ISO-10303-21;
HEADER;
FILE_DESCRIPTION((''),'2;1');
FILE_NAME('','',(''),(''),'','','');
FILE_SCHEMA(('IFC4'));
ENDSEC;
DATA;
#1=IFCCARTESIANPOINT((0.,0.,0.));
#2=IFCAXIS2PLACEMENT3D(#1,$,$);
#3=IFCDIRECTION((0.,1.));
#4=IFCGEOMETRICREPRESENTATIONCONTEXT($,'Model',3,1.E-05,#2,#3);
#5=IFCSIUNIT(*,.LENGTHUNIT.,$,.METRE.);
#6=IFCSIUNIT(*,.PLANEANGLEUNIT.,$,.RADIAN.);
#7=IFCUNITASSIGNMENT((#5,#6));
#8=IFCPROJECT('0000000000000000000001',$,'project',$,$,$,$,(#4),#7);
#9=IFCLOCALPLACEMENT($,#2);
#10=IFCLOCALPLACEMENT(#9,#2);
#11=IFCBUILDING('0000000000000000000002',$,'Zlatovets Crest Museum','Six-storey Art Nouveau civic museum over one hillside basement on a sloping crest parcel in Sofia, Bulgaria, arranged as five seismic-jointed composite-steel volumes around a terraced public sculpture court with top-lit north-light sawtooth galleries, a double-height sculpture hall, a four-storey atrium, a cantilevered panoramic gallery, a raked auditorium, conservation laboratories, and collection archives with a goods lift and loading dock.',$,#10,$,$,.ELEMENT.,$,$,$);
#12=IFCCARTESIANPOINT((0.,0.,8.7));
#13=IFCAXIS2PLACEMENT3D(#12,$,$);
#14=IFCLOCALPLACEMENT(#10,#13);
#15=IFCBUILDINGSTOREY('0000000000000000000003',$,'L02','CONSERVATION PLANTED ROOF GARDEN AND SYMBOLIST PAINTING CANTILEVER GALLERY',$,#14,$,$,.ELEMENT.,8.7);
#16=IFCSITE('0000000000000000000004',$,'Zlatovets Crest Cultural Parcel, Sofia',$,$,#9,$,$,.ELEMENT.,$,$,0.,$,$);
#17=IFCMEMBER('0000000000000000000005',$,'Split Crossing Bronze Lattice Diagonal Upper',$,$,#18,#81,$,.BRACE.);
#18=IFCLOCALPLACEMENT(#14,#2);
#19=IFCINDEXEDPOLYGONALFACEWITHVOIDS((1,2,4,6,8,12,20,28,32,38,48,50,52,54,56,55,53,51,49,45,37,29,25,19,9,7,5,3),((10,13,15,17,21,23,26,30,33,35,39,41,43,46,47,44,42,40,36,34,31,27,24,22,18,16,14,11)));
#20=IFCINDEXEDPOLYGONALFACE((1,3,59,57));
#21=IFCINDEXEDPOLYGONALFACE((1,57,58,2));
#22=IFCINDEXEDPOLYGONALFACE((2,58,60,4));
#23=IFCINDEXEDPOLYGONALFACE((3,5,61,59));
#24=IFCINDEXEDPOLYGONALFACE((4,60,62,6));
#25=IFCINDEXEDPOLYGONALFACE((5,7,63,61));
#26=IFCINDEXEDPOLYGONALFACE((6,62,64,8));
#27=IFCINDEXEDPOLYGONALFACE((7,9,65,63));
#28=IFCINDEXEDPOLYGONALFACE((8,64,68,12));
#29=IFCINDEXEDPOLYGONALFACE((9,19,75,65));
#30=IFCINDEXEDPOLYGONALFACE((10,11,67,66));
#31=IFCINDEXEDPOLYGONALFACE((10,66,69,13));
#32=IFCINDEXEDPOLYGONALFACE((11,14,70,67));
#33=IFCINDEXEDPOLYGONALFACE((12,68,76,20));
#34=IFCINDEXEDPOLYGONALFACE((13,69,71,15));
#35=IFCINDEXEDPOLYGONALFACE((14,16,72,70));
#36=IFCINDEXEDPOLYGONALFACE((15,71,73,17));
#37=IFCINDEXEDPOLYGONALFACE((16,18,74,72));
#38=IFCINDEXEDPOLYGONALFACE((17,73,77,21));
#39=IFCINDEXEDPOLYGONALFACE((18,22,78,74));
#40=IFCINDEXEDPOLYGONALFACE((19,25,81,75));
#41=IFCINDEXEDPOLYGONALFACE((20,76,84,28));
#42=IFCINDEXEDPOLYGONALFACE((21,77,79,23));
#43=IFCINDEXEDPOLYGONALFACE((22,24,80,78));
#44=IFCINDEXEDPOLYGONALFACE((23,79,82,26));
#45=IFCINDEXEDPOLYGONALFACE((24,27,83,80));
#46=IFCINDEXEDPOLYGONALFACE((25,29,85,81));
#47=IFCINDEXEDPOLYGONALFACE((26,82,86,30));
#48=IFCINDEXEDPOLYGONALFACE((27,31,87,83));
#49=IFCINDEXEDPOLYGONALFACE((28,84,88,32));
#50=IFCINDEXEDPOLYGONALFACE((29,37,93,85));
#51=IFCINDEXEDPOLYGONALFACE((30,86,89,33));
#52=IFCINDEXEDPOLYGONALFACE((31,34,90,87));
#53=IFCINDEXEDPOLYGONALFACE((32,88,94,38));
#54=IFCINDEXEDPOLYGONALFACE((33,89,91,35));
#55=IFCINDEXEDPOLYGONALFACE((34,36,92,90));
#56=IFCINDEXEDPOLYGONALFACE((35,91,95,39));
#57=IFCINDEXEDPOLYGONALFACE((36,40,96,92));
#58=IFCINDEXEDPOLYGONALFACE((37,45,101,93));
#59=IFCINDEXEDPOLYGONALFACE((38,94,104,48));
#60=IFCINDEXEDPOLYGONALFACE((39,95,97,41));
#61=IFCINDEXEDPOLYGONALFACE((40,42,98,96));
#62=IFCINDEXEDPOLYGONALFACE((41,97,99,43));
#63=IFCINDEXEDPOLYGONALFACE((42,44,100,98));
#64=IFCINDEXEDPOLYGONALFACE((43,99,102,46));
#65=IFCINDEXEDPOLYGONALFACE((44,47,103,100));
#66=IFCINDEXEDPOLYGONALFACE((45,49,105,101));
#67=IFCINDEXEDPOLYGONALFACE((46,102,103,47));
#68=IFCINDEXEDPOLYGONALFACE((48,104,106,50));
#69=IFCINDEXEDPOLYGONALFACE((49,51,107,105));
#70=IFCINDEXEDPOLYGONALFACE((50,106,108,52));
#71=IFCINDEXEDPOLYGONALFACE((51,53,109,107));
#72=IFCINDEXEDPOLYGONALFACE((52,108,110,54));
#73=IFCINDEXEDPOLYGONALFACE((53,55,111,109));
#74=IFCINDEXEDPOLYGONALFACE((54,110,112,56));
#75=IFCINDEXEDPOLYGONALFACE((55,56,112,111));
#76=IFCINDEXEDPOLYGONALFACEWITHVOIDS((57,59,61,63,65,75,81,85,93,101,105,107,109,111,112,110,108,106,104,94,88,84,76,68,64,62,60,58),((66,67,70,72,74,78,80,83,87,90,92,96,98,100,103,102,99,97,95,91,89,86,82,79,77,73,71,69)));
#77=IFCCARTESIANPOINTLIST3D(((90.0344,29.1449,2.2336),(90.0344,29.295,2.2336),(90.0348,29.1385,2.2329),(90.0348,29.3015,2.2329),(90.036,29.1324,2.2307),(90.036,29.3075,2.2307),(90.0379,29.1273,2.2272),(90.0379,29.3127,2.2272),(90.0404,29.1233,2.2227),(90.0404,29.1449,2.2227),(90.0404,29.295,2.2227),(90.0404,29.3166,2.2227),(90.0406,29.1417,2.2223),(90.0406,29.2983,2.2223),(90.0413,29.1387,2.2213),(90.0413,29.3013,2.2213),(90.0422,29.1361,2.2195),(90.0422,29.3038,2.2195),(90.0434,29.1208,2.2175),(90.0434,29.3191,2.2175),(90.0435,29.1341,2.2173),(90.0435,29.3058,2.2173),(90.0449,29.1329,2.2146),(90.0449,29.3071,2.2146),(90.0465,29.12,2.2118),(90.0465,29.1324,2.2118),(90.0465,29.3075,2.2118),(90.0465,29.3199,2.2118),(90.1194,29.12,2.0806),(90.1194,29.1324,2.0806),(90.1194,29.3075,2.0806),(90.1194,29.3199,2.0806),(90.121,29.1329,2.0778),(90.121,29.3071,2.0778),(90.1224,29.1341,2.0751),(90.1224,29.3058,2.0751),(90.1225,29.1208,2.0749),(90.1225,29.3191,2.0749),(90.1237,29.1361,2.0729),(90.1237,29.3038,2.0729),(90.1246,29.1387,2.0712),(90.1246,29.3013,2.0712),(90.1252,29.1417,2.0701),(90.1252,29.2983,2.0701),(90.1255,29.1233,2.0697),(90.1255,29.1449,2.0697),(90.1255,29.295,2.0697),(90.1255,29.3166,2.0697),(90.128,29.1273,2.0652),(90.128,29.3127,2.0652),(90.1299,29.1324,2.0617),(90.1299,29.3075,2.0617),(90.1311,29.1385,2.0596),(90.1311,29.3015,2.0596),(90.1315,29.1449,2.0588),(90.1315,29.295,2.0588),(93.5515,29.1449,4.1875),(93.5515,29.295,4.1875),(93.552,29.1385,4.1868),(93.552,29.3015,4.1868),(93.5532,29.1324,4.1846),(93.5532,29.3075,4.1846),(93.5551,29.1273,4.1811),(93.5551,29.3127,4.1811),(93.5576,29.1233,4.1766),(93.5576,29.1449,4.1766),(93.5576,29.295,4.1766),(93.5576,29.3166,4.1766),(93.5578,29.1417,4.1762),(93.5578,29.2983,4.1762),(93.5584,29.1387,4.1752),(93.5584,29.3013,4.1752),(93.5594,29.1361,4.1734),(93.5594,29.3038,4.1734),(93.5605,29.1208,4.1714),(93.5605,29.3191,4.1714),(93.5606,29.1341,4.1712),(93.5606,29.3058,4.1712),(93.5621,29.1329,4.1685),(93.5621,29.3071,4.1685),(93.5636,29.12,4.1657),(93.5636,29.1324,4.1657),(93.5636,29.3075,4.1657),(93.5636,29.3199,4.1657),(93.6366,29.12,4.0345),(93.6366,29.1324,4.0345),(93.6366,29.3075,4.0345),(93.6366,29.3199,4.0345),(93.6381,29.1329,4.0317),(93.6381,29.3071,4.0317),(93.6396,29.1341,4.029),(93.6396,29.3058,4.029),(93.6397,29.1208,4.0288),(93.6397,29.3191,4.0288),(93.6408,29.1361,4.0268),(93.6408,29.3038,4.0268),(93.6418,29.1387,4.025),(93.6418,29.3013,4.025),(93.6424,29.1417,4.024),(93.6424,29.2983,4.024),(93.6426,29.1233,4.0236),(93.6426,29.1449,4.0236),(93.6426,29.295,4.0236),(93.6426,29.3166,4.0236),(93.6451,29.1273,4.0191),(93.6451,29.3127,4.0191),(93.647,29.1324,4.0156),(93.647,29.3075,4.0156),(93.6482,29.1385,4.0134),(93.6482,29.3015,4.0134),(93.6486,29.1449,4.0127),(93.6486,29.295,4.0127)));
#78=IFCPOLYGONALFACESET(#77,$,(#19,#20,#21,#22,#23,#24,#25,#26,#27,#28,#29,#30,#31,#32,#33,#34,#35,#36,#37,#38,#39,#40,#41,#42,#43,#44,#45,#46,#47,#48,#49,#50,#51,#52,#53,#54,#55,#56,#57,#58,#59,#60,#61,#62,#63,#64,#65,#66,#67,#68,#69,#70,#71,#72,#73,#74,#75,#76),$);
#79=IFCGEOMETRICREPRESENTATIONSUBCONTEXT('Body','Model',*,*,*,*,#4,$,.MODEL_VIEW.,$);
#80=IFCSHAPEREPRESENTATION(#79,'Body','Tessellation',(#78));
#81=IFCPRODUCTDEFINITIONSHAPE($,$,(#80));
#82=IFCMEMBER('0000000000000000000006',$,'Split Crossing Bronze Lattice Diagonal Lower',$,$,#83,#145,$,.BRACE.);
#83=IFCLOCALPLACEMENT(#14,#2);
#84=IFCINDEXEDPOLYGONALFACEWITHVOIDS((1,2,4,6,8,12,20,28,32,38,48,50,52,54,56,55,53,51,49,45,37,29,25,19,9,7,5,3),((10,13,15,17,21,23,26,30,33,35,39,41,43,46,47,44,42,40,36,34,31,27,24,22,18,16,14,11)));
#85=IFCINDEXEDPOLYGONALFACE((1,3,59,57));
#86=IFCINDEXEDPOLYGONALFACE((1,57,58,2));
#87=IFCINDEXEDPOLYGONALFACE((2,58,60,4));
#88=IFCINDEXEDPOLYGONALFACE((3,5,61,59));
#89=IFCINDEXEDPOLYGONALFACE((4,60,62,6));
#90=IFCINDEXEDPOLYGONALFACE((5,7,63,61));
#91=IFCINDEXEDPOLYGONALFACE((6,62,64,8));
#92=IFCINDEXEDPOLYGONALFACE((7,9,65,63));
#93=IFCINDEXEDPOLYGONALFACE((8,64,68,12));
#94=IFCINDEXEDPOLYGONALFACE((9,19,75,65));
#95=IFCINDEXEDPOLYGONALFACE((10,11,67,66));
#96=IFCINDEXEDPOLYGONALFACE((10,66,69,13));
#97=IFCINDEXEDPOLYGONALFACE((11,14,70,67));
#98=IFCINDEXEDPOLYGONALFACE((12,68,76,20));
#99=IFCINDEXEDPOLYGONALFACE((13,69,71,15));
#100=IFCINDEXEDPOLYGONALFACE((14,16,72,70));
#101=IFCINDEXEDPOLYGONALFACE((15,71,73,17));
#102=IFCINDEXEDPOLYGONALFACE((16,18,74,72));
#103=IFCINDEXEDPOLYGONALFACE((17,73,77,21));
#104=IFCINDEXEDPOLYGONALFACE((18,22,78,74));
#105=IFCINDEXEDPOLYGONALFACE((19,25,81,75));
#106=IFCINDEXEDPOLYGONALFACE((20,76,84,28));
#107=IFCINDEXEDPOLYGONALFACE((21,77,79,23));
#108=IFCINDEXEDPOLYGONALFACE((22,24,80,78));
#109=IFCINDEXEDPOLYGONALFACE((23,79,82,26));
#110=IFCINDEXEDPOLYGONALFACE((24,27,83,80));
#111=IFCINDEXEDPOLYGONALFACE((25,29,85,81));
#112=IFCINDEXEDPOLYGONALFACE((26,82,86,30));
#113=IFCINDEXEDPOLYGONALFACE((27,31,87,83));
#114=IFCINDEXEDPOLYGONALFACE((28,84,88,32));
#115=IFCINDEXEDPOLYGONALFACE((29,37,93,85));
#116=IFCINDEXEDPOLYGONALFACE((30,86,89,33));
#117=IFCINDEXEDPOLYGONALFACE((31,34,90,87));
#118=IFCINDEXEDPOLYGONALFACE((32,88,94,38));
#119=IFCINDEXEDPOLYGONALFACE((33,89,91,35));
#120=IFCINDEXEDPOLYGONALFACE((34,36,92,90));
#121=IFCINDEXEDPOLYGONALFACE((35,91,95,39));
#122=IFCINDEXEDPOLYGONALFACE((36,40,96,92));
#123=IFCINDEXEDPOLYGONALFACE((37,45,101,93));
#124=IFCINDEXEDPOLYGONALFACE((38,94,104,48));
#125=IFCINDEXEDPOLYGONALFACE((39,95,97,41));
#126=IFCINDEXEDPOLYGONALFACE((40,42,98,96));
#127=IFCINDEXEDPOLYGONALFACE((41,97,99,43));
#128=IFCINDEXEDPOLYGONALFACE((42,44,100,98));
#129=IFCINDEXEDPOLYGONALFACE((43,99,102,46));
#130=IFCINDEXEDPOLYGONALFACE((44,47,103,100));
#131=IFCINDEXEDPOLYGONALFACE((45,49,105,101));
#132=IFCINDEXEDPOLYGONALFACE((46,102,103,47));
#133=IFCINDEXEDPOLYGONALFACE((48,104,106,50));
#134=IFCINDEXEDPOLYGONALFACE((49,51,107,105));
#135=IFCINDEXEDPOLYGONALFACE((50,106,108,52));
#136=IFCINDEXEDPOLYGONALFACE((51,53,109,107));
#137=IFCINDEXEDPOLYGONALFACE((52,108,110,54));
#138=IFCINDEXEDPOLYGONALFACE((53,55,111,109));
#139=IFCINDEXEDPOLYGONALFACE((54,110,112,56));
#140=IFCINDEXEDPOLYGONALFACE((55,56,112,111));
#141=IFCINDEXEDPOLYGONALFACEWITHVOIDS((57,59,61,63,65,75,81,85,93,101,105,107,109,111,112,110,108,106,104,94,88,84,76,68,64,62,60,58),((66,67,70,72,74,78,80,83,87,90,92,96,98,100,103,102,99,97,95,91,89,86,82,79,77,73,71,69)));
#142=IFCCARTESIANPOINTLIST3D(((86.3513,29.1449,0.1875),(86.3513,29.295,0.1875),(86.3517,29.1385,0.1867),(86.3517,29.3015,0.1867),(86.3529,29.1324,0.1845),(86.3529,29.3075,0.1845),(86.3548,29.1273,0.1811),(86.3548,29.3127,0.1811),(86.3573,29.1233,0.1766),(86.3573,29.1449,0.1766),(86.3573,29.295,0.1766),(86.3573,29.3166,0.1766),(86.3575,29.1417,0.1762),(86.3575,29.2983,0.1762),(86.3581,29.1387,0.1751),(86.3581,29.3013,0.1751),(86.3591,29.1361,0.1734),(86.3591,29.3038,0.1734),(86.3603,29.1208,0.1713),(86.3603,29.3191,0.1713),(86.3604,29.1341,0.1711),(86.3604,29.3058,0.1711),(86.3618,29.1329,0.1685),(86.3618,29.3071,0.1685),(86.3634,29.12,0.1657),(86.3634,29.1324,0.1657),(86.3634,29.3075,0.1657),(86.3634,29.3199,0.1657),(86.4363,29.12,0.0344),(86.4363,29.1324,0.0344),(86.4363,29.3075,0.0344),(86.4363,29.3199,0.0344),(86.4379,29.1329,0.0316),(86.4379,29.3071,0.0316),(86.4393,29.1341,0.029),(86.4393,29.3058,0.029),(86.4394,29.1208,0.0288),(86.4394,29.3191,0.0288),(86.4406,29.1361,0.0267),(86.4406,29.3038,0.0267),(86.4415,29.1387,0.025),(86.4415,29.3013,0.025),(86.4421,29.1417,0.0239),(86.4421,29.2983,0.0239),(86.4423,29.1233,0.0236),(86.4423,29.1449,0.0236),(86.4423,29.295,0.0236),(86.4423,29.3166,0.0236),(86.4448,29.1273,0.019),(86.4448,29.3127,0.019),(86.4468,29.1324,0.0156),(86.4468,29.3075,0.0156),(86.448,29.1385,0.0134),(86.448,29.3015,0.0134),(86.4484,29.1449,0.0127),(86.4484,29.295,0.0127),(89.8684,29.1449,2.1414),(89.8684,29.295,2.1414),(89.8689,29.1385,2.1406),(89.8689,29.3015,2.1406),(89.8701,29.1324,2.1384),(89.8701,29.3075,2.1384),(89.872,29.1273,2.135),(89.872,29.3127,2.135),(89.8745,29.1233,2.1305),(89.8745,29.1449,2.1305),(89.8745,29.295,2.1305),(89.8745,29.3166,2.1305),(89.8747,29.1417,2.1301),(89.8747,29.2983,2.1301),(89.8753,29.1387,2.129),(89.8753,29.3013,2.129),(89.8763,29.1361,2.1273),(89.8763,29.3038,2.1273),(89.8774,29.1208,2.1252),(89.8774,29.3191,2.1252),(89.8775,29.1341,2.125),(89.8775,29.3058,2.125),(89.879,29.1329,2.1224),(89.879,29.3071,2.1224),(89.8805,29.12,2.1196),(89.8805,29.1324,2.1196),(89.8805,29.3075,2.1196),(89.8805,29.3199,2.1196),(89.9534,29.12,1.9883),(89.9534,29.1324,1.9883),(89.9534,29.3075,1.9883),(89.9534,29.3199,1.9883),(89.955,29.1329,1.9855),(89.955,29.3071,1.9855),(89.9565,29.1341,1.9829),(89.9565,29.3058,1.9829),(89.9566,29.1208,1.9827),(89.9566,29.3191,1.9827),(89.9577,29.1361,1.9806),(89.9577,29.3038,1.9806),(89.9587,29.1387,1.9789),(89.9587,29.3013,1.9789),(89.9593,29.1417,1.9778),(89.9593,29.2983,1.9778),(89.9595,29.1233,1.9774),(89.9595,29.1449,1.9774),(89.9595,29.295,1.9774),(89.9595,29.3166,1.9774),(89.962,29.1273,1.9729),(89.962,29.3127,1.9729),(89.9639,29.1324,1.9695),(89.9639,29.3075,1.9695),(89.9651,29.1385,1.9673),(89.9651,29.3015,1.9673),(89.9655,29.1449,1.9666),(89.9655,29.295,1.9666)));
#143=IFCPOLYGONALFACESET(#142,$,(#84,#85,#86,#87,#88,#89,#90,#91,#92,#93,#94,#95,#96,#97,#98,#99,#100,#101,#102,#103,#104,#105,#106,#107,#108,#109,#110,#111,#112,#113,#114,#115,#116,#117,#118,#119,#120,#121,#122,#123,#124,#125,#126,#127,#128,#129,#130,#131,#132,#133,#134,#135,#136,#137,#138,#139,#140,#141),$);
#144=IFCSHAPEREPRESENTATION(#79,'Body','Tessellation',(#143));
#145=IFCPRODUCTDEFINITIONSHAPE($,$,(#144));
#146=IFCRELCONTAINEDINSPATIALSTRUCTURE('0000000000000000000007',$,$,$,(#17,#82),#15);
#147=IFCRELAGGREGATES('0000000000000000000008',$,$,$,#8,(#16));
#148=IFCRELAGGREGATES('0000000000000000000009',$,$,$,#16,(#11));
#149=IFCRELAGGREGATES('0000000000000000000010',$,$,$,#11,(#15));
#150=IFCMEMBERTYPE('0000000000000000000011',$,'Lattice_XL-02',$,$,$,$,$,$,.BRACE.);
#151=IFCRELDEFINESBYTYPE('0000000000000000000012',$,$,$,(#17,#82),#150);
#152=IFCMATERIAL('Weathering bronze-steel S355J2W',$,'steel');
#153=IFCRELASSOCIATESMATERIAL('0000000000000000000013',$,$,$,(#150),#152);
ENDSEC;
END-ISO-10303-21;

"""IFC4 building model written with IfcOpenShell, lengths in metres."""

from ifc_helpers import new_model, si_unit, direction, frame, origin, origin_2d, place, context, subcontext, project, spatial, hollow_rectangle, extrude, material, material_profile, profile_set, type_object, element, save


model = new_model("IFC4")

# Units and contexts
model_context = context("Model", 3, precision=1e-05, world=origin(), true_north=direction((0.0, 1.0)))
body_context = subcontext(model_context, "Body", "Model", "MODEL_VIEW")
ifc_project = project(units=[si_unit("LENGTHUNIT", "METRE"), si_unit("PLANEANGLEUNIT", "RADIAN")], contexts=[model_context])

# Site, building, storey
site_placement = place(None, origin())
site = spatial("IfcSite", under=ifc_project, at=site_placement, Name="Zlatovets Crest Cultural Parcel, Sofia", CompositionType="ELEMENT", RefElevation=0.0)
building_placement = place(site_placement, origin())
building = spatial("IfcBuilding", under=site, at=building_placement, Name="Zlatovets Crest Museum", Description="Six-storey Art Nouveau civic museum over one hillside basement on a sloping crest parcel in Sofia, Bulgaria, arranged as five seismic-jointed composite-steel volumes around a terraced public sculpture court with top-lit north-light sawtooth galleries, a double-height sculpture hall, a four-storey atrium, a cantilevered panoramic gallery, a raked auditorium, conservation laboratories, and collection archives with a goods lift and loading dock.", CompositionType="ELEMENT")
storey_placement = place(building_placement, frame((0.0, 0.0, 8.7)))
storey = spatial("IfcBuildingStorey", under=building, at=storey_placement, Name="L02", Description="CONSERVATION PLANTED ROOF GARDEN AND SYMBOLIST PAINTING CANTILEVER GALLERY", CompositionType="ELEMENT", Elevation=8.7)

# Members
ifc_material_1 = material(Name="Weathering bronze-steel S355J2W", Category="steel")
ifc_material_profile_1 = material_profile(ifc_material_1, hollow_rectangle(XDim=0.2, YDim=0.2, WallThickness=0.0125, InnerFilletRadius=0.0125, OuterFilletRadius=0.0249, at=origin_2d()), Name="SHS 200x200x12.5")
ifc_profile_set_1 = profile_set([ifc_material_profile_1], Name="Weathering bronze-steel S355J2W")
member_type_1 = type_object("IfcMemberType", Name="Lattice_XL-02", PredefinedType="BRACE", material=ifc_profile_set_1)
for number, where, z_axis, x_axis, name in (
    (1, (93.6001, 29.22, 4.1001), (-0.874166, 0.0, -0.485627), (0.0, -1.0, 0.0), "Split Crossing Bronze Lattice Diagonal Upper"),
    (2, (89.917, 29.22, 2.054), (-0.874166, 0.0, -0.485627), (0.0, -1.0, 0.0), "Split Crossing Bronze Lattice Diagonal Lower"),
):
    element("IfcMember", number, at=place(storey_placement, frame(where, z_axis=z_axis, x_axis=x_axis)), inside=storey, type_object=member_type_1, Name=name, PredefinedType="BRACE", context=body_context, shape_type="SweptSolid", body=[
        extrude(hollow_rectangle(XDim=0.2, YDim=0.2, WallThickness=0.0125, InnerFilletRadius=0.0125, OuterFilletRadius=0.0249, at=origin_2d()), origin(), (0.0, 0.0, 1.0), 4.0234),
    ])

save(model, "model.ifc")
